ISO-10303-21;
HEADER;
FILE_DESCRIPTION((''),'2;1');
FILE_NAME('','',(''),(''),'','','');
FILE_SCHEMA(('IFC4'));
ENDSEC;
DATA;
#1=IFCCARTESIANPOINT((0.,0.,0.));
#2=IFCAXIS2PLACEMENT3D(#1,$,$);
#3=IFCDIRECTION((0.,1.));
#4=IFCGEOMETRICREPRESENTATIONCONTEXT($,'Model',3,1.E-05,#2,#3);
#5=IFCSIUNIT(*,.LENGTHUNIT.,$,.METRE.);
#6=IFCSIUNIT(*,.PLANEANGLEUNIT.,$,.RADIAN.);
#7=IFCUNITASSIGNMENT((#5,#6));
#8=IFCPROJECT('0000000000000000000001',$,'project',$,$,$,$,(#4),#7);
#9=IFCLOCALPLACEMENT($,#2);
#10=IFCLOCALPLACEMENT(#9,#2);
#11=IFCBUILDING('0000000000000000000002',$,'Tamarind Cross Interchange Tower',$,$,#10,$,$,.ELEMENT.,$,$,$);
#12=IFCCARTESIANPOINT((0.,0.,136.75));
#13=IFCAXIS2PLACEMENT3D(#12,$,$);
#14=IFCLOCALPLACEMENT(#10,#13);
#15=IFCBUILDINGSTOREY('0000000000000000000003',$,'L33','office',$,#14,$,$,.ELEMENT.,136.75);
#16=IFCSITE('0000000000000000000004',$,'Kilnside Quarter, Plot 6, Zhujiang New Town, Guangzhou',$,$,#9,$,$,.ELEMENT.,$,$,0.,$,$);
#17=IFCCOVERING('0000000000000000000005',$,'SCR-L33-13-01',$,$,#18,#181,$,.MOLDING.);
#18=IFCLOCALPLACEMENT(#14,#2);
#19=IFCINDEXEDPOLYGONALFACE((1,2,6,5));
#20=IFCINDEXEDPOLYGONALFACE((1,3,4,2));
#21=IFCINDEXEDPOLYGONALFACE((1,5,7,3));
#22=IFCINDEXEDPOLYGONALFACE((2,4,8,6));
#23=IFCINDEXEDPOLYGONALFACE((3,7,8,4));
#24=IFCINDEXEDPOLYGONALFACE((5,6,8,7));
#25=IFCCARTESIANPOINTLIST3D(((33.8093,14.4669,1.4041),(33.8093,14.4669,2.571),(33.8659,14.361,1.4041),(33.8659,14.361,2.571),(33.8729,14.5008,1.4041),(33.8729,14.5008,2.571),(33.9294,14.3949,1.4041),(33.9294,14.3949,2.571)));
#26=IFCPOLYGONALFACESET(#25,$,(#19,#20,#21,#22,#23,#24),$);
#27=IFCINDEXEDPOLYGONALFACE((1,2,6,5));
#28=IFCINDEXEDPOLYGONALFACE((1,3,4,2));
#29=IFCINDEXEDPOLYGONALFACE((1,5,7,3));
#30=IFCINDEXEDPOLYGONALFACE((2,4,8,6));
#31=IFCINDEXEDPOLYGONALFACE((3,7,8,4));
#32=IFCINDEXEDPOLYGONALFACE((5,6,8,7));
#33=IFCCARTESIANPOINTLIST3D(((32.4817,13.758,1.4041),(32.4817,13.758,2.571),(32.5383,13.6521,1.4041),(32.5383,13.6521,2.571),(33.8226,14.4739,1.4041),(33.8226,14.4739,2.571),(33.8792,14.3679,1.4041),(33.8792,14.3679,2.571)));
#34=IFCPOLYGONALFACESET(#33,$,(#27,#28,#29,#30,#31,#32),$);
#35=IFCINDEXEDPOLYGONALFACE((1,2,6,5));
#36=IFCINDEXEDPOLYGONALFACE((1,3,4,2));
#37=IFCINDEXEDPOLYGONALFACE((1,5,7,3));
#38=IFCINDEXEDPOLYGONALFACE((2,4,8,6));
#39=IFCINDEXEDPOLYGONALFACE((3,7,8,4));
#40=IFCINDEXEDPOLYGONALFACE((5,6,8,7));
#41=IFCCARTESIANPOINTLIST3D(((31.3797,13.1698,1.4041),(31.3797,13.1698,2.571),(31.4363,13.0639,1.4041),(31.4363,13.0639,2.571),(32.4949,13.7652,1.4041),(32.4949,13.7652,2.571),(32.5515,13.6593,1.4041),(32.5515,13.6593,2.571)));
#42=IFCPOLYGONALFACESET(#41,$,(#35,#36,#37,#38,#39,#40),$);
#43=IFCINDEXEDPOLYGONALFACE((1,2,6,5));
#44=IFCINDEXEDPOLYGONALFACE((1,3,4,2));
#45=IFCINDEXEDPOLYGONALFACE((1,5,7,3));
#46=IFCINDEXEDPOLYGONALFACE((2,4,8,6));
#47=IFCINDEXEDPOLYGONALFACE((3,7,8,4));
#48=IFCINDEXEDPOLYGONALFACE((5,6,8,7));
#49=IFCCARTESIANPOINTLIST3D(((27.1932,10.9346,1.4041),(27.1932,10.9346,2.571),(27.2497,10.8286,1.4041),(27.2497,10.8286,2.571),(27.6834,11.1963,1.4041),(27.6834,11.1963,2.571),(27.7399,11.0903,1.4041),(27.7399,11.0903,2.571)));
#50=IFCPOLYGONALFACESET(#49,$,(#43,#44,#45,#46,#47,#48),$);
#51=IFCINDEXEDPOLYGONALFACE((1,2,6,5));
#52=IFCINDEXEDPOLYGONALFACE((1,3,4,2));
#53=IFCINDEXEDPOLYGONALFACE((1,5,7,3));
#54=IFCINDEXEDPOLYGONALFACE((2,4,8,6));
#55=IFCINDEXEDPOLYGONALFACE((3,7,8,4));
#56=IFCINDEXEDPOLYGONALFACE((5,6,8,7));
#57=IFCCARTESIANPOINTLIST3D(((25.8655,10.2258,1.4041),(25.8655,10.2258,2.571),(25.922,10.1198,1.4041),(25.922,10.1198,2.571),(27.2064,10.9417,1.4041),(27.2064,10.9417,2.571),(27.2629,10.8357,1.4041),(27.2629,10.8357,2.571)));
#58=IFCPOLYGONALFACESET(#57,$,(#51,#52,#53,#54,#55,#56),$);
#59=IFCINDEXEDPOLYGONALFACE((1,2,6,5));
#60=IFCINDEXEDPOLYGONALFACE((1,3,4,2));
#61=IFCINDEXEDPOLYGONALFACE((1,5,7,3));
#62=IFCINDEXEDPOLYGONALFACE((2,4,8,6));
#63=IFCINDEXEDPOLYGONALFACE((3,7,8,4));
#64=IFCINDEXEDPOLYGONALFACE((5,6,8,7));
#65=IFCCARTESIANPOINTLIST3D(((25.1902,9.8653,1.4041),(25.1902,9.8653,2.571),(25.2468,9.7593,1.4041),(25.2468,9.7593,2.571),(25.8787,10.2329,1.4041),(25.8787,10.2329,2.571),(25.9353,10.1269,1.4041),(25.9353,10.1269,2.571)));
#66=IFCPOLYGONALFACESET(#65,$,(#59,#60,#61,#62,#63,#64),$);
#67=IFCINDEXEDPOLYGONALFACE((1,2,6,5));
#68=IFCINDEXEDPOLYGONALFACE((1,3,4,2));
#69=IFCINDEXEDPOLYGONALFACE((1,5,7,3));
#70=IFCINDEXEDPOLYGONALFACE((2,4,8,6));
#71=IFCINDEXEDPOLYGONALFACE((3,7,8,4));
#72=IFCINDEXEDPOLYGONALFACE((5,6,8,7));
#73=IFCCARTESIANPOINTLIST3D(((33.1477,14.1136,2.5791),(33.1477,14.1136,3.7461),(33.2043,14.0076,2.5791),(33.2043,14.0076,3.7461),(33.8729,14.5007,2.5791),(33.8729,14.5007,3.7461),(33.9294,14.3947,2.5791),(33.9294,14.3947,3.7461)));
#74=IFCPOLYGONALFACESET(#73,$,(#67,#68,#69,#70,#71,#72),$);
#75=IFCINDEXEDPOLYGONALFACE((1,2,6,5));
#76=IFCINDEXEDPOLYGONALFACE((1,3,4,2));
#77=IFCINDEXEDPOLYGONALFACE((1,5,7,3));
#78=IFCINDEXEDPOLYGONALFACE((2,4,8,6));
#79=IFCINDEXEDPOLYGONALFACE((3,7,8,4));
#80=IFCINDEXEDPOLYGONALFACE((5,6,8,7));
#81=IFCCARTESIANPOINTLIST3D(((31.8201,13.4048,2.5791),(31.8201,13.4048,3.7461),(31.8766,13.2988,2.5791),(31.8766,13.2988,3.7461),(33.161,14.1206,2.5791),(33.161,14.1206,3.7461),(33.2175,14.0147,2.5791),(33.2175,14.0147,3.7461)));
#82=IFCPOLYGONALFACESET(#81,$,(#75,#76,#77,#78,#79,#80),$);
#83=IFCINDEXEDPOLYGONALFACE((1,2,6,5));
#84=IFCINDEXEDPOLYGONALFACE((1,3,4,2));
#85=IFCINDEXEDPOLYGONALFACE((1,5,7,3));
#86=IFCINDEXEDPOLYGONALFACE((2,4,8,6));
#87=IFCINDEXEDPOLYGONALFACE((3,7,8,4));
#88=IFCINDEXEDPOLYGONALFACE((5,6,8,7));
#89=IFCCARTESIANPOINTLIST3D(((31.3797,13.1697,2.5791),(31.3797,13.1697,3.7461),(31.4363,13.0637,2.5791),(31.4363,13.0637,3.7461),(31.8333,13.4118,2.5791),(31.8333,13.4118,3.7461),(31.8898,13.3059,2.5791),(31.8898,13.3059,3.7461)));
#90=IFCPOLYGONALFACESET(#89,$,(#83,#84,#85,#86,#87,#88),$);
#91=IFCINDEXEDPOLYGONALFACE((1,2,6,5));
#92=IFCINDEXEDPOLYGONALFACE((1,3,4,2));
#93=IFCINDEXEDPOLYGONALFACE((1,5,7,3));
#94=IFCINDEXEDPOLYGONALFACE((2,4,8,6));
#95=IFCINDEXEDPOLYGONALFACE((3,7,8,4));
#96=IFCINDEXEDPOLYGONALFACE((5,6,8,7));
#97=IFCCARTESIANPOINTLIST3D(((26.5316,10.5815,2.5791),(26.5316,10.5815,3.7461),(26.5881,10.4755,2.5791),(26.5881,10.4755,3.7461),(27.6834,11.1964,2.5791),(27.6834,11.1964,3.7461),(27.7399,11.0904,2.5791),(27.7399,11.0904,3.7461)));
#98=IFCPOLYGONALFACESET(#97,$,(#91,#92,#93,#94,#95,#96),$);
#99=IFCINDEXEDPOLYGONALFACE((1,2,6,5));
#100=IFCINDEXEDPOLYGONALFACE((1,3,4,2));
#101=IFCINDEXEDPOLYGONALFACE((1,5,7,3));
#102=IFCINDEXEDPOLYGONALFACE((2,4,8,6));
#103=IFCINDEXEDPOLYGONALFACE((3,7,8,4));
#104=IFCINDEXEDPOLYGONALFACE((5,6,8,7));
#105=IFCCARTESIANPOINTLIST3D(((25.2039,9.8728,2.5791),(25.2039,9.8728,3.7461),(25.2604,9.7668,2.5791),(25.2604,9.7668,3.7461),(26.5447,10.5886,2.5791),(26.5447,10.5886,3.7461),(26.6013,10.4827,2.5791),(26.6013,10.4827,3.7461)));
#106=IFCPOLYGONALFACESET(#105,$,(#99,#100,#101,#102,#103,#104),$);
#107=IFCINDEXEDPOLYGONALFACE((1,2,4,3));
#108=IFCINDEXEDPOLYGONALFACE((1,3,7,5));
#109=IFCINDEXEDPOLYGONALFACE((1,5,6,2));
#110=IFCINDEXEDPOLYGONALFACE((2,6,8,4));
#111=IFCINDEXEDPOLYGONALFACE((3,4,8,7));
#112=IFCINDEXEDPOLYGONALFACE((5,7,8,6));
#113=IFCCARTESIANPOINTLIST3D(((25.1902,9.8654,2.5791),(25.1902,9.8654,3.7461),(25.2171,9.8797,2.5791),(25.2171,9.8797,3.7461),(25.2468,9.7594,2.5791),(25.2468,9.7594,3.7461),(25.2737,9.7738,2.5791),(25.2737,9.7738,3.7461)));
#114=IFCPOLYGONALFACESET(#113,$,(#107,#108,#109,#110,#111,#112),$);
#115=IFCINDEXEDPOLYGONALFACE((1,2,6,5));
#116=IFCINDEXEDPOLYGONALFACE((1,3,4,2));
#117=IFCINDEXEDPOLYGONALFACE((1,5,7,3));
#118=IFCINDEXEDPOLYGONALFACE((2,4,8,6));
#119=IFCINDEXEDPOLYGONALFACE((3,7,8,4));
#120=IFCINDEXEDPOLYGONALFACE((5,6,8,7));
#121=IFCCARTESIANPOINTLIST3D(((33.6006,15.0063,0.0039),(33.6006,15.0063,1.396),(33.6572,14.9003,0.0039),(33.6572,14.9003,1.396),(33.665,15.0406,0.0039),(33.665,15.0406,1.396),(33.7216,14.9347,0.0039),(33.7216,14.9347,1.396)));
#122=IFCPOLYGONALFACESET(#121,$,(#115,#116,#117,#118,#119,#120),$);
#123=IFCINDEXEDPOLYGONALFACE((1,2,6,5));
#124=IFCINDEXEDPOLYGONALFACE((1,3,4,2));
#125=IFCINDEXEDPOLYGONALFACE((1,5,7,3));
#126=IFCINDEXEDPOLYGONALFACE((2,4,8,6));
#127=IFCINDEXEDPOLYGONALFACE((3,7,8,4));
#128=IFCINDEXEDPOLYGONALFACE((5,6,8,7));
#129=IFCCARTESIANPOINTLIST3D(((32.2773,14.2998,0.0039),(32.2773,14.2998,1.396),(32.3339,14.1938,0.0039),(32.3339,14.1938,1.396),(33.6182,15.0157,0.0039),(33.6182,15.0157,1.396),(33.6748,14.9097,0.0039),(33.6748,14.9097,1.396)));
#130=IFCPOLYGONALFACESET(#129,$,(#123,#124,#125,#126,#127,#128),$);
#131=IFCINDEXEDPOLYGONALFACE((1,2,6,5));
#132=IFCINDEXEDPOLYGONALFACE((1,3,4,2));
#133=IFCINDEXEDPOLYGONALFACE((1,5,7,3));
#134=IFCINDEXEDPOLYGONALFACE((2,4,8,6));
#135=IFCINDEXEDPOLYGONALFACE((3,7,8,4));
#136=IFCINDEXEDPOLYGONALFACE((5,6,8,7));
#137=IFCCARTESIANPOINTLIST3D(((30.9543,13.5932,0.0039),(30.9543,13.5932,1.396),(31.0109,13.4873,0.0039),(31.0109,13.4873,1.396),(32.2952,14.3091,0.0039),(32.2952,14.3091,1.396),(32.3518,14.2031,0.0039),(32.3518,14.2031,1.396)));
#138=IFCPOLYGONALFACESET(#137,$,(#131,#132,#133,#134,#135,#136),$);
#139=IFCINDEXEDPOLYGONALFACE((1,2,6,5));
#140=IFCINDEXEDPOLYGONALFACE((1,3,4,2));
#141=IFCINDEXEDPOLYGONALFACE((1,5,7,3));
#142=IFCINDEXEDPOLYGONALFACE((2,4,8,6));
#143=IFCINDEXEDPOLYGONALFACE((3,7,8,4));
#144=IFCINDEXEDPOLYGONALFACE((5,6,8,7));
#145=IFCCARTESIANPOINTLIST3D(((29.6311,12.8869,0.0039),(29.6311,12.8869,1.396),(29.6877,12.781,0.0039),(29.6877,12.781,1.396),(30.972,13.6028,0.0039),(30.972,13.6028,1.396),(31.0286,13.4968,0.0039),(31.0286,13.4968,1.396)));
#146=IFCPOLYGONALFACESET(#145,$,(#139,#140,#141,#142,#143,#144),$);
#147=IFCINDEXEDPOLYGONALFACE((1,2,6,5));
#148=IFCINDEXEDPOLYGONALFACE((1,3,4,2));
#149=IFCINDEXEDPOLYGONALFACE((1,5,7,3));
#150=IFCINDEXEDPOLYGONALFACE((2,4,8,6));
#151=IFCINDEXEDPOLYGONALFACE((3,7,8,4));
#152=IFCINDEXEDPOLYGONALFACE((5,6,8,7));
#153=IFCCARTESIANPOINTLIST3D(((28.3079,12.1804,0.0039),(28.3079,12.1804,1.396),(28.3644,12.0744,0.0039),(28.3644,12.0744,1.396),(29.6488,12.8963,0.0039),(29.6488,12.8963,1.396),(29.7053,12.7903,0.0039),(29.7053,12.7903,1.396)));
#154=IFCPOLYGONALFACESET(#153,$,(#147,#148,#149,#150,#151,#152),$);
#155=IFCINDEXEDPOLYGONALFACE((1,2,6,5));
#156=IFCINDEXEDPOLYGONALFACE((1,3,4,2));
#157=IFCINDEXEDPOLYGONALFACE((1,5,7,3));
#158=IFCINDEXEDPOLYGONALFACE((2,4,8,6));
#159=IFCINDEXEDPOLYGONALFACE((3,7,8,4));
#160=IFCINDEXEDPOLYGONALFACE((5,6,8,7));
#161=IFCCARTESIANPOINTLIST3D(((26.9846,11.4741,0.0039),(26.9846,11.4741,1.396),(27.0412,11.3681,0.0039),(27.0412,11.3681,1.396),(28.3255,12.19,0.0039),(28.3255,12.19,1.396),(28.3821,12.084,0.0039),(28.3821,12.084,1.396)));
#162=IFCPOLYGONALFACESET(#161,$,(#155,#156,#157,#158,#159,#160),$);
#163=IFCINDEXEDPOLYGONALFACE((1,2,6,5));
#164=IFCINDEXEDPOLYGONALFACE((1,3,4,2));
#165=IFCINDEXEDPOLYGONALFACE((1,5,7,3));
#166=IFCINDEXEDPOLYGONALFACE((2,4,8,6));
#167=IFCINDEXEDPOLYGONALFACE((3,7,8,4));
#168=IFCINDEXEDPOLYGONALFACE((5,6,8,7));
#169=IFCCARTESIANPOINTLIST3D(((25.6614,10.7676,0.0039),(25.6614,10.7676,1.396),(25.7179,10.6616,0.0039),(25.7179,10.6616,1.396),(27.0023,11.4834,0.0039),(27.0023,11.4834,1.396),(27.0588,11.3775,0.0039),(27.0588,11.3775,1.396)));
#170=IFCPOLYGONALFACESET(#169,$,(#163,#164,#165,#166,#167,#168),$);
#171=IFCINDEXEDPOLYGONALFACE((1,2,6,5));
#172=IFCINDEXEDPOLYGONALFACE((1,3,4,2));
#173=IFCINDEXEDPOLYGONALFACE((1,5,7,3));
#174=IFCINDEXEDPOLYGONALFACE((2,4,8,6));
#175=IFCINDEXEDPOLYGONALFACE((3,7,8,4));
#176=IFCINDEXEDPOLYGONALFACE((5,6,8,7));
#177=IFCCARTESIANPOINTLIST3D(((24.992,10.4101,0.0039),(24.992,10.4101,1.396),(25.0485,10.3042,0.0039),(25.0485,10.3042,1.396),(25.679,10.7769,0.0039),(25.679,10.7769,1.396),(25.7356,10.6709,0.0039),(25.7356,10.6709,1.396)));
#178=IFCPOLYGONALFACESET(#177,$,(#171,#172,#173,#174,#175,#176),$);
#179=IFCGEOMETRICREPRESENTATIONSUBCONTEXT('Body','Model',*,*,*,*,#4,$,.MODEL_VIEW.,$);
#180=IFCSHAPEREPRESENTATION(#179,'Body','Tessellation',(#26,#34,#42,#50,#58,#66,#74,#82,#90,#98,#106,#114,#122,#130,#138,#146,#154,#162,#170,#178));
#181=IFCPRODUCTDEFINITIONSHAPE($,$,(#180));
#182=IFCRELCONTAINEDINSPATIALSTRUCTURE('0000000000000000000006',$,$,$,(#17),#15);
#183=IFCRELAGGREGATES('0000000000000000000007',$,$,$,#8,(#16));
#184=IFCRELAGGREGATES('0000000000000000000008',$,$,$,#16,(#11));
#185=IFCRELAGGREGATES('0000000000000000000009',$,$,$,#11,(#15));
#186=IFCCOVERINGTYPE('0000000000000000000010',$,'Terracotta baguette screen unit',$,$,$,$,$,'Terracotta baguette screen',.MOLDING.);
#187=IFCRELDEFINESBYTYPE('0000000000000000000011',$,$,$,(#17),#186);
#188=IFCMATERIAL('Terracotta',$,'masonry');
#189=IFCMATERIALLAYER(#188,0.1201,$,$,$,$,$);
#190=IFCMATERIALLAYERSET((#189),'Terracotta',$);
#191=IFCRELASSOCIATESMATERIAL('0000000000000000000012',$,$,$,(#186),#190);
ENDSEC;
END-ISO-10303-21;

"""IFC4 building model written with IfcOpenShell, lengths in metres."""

from ifc_helpers import new_model, si_unit, direction, frame, origin, origin_2d, place, context, subcontext, project, spatial, rectangle, extrude, material, layer, layer_set, type_object, element, save


model = new_model("IFC4")

# Units and contexts
model_context = context("Model", 3, precision=1e-05, world=origin(), true_north=direction((0.0, 1.0)))
body_context = subcontext(model_context, "Body", "Model", "MODEL_VIEW")
ifc_project = project(units=[si_unit("LENGTHUNIT", "METRE"), si_unit("PLANEANGLEUNIT", "RADIAN")], contexts=[model_context])

# Site, building, storey
site_placement = place(None, origin())
site = spatial("IfcSite", under=ifc_project, at=site_placement, Name="Kilnside Quarter, Plot 6, Zhujiang New Town, Guangzhou", CompositionType="ELEMENT", RefElevation=0.0)
building_placement = place(site_placement, origin())
building = spatial("IfcBuilding", under=site, at=building_placement, Name="Tamarind Cross Interchange Tower", CompositionType="ELEMENT")
storey_placement = place(building_placement, frame((0.0, 0.0, 136.75)))
storey = spatial("IfcBuildingStorey", under=building, at=storey_placement, Name="L33", Description="office", CompositionType="ELEMENT", Elevation=136.75)

# Covering
ifc_material_1 = material(Name="Terracotta", Category="masonry")
ifc_layer_1 = layer(ifc_material_1, 0.1201)
ifc_layer_set_1 = layer_set([ifc_layer_1], Name="Terracotta")
covering_type = type_object("IfcCoveringType", Name="Terracotta baguette screen unit", ElementType="Terracotta baguette screen", PredefinedType="MOLDING", material=ifc_layer_set_1)
covering_1_placement = place(storey_placement, origin())
element("IfcCovering", 1, at=covering_1_placement, inside=storey, type_object=covering_type, Name="SCR-L33-13-01", PredefinedType="MOLDING", context=body_context, shape_type="SweptSolid", body=[
    extrude(rectangle(XDim=0.072, YDim=0.1201, at=origin_2d()), frame((33.8694, 14.4309, 1.4041), z_axis=(0.0, 0.0, 1.0), x_axis=(-0.882155, -0.470959, 0.0)), (0.0, 0.0, 1.0), 1.167),
    extrude(rectangle(XDim=1.52, YDim=0.1201, at=origin_2d()), frame((33.1804, 14.063, 1.4041), z_axis=(0.0, 0.0, 1.0), x_axis=(-0.882155, -0.470959, 0.0)), (0.0, 0.0, 1.0), 1.167),
    extrude(rectangle(XDim=1.2642, YDim=0.1201, at=origin_2d()), frame((31.9656, 13.4146, 1.4041), z_axis=(0.0, 0.0, 1.0), x_axis=(-0.882155, -0.470959, 0.0)), (0.0, 0.0, 1.0), 1.167),
    extrude(rectangle(XDim=0.5557, YDim=0.1201, at=origin_2d()), frame((27.4666, 11.0125, 1.4041), z_axis=(0.0, 0.0, 1.0), x_axis=(-0.882155, -0.470959, 0.0)), (0.0, 0.0, 1.0), 1.167),
    extrude(rectangle(XDim=1.52, YDim=0.1201, at=origin_2d()), frame((26.5642, 10.5308, 1.4041), z_axis=(0.0, 0.0, 1.0), x_axis=(-0.882155, -0.470959, 0.0)), (0.0, 0.0, 1.0), 1.167),
    extrude(rectangle(XDim=0.7805, YDim=0.1201, at=origin_2d()), frame((25.5627, 9.9961, 1.4041), z_axis=(0.0, 0.0, 1.0), x_axis=(-0.882155, -0.470959, 0.0)), (0.0, 0.0, 1.0), 1.167),
    extrude(rectangle(XDim=0.822, YDim=0.1201, at=origin_2d()), frame((33.5386, 14.2542, 2.5791), z_axis=(0.0, 0.0, 1.0), x_axis=(-0.882155, -0.470959, 0.0)), (0.0, 0.0, 1.0), 1.167),
    extrude(rectangle(XDim=1.52, YDim=0.1201, at=origin_2d()), frame((32.5188, 13.7097, 2.5791), z_axis=(0.0, 0.0, 1.0), x_axis=(-0.882155, -0.470959, 0.0)), (0.0, 0.0, 1.0), 1.167),
    extrude(rectangle(XDim=0.5142, YDim=0.1201, at=origin_2d()), frame((31.6348, 13.2378, 2.5791), z_axis=(0.0, 0.0, 1.0), x_axis=(-0.882155, -0.470959, 0.0)), (0.0, 0.0, 1.0), 1.167),
    extrude(rectangle(XDim=1.3057, YDim=0.1201, at=origin_2d()), frame((27.1357, 10.8359, 2.5791), z_axis=(0.0, 0.0, 1.0), x_axis=(-0.882155, -0.470959, 0.0)), (0.0, 0.0, 1.0), 1.167),
    extrude(rectangle(XDim=1.52, YDim=0.1201, at=origin_2d()), frame((25.9026, 10.1777, 2.5791), z_axis=(0.0, 0.0, 1.0), x_axis=(-0.882155, -0.470959, 0.0)), (0.0, 0.0, 1.0), 1.167),
    extrude(rectangle(XDim=0.0305, YDim=0.1201, at=origin_2d()), frame((25.2319, 9.8196, 2.5791), z_axis=(0.0, 0.0, 1.0), x_axis=(-0.882155, -0.470959, 0.0)), (0.0, 0.0, 1.0), 1.167),
    extrude(rectangle(XDim=0.073, YDim=0.1201, at=origin_2d()), frame((33.6611, 14.9705, 0.0039), z_axis=(0.0, 0.0, 1.0), x_axis=(-0.882155, -0.470959, 0.0)), (0.0, 0.0, 1.0), 1.3921),
    extrude(rectangle(XDim=1.52, YDim=0.1201, at=origin_2d()), frame((32.9761, 14.6047, 0.0039), z_axis=(0.0, 0.0, 1.0), x_axis=(-0.882155, -0.470959, 0.0)), (0.0, 0.0, 1.0), 1.3921),
    extrude(rectangle(XDim=1.52, YDim=0.1201, at=origin_2d()), frame((31.6531, 13.8982, 0.0039), z_axis=(0.0, 0.0, 1.0), x_axis=(-0.882155, -0.470959, 0.0)), (0.0, 0.0, 1.0), 1.3921),
    extrude(rectangle(XDim=1.52, YDim=0.1201, at=origin_2d()), frame((30.3298, 13.1919, 0.0039), z_axis=(0.0, 0.0, 1.0), x_axis=(-0.882155, -0.470959, 0.0)), (0.0, 0.0, 1.0), 1.3921),
    extrude(rectangle(XDim=1.52, YDim=0.1201, at=origin_2d()), frame((29.0066, 12.4854, 0.0039), z_axis=(0.0, 0.0, 1.0), x_axis=(-0.882155, -0.470959, 0.0)), (0.0, 0.0, 1.0), 1.3921),
    extrude(rectangle(XDim=1.52, YDim=0.1201, at=origin_2d()), frame((27.6833, 11.7791, 0.0039), z_axis=(0.0, 0.0, 1.0), x_axis=(-0.882155, -0.470959, 0.0)), (0.0, 0.0, 1.0), 1.3921),
    extrude(rectangle(XDim=1.52, YDim=0.1201, at=origin_2d()), frame((26.3601, 11.0725, 0.0039), z_axis=(0.0, 0.0, 1.0), x_axis=(-0.882155, -0.470959, 0.0)), (0.0, 0.0, 1.0), 1.3921),
    extrude(rectangle(XDim=0.7788, YDim=0.1201, at=origin_2d()), frame((25.3638, 10.5405, 0.0039), z_axis=(0.0, 0.0, 1.0), x_axis=(-0.882155, -0.470959, 0.0)), (0.0, 0.0, 1.0), 1.3921),
])

save(model, "model.ifc")
